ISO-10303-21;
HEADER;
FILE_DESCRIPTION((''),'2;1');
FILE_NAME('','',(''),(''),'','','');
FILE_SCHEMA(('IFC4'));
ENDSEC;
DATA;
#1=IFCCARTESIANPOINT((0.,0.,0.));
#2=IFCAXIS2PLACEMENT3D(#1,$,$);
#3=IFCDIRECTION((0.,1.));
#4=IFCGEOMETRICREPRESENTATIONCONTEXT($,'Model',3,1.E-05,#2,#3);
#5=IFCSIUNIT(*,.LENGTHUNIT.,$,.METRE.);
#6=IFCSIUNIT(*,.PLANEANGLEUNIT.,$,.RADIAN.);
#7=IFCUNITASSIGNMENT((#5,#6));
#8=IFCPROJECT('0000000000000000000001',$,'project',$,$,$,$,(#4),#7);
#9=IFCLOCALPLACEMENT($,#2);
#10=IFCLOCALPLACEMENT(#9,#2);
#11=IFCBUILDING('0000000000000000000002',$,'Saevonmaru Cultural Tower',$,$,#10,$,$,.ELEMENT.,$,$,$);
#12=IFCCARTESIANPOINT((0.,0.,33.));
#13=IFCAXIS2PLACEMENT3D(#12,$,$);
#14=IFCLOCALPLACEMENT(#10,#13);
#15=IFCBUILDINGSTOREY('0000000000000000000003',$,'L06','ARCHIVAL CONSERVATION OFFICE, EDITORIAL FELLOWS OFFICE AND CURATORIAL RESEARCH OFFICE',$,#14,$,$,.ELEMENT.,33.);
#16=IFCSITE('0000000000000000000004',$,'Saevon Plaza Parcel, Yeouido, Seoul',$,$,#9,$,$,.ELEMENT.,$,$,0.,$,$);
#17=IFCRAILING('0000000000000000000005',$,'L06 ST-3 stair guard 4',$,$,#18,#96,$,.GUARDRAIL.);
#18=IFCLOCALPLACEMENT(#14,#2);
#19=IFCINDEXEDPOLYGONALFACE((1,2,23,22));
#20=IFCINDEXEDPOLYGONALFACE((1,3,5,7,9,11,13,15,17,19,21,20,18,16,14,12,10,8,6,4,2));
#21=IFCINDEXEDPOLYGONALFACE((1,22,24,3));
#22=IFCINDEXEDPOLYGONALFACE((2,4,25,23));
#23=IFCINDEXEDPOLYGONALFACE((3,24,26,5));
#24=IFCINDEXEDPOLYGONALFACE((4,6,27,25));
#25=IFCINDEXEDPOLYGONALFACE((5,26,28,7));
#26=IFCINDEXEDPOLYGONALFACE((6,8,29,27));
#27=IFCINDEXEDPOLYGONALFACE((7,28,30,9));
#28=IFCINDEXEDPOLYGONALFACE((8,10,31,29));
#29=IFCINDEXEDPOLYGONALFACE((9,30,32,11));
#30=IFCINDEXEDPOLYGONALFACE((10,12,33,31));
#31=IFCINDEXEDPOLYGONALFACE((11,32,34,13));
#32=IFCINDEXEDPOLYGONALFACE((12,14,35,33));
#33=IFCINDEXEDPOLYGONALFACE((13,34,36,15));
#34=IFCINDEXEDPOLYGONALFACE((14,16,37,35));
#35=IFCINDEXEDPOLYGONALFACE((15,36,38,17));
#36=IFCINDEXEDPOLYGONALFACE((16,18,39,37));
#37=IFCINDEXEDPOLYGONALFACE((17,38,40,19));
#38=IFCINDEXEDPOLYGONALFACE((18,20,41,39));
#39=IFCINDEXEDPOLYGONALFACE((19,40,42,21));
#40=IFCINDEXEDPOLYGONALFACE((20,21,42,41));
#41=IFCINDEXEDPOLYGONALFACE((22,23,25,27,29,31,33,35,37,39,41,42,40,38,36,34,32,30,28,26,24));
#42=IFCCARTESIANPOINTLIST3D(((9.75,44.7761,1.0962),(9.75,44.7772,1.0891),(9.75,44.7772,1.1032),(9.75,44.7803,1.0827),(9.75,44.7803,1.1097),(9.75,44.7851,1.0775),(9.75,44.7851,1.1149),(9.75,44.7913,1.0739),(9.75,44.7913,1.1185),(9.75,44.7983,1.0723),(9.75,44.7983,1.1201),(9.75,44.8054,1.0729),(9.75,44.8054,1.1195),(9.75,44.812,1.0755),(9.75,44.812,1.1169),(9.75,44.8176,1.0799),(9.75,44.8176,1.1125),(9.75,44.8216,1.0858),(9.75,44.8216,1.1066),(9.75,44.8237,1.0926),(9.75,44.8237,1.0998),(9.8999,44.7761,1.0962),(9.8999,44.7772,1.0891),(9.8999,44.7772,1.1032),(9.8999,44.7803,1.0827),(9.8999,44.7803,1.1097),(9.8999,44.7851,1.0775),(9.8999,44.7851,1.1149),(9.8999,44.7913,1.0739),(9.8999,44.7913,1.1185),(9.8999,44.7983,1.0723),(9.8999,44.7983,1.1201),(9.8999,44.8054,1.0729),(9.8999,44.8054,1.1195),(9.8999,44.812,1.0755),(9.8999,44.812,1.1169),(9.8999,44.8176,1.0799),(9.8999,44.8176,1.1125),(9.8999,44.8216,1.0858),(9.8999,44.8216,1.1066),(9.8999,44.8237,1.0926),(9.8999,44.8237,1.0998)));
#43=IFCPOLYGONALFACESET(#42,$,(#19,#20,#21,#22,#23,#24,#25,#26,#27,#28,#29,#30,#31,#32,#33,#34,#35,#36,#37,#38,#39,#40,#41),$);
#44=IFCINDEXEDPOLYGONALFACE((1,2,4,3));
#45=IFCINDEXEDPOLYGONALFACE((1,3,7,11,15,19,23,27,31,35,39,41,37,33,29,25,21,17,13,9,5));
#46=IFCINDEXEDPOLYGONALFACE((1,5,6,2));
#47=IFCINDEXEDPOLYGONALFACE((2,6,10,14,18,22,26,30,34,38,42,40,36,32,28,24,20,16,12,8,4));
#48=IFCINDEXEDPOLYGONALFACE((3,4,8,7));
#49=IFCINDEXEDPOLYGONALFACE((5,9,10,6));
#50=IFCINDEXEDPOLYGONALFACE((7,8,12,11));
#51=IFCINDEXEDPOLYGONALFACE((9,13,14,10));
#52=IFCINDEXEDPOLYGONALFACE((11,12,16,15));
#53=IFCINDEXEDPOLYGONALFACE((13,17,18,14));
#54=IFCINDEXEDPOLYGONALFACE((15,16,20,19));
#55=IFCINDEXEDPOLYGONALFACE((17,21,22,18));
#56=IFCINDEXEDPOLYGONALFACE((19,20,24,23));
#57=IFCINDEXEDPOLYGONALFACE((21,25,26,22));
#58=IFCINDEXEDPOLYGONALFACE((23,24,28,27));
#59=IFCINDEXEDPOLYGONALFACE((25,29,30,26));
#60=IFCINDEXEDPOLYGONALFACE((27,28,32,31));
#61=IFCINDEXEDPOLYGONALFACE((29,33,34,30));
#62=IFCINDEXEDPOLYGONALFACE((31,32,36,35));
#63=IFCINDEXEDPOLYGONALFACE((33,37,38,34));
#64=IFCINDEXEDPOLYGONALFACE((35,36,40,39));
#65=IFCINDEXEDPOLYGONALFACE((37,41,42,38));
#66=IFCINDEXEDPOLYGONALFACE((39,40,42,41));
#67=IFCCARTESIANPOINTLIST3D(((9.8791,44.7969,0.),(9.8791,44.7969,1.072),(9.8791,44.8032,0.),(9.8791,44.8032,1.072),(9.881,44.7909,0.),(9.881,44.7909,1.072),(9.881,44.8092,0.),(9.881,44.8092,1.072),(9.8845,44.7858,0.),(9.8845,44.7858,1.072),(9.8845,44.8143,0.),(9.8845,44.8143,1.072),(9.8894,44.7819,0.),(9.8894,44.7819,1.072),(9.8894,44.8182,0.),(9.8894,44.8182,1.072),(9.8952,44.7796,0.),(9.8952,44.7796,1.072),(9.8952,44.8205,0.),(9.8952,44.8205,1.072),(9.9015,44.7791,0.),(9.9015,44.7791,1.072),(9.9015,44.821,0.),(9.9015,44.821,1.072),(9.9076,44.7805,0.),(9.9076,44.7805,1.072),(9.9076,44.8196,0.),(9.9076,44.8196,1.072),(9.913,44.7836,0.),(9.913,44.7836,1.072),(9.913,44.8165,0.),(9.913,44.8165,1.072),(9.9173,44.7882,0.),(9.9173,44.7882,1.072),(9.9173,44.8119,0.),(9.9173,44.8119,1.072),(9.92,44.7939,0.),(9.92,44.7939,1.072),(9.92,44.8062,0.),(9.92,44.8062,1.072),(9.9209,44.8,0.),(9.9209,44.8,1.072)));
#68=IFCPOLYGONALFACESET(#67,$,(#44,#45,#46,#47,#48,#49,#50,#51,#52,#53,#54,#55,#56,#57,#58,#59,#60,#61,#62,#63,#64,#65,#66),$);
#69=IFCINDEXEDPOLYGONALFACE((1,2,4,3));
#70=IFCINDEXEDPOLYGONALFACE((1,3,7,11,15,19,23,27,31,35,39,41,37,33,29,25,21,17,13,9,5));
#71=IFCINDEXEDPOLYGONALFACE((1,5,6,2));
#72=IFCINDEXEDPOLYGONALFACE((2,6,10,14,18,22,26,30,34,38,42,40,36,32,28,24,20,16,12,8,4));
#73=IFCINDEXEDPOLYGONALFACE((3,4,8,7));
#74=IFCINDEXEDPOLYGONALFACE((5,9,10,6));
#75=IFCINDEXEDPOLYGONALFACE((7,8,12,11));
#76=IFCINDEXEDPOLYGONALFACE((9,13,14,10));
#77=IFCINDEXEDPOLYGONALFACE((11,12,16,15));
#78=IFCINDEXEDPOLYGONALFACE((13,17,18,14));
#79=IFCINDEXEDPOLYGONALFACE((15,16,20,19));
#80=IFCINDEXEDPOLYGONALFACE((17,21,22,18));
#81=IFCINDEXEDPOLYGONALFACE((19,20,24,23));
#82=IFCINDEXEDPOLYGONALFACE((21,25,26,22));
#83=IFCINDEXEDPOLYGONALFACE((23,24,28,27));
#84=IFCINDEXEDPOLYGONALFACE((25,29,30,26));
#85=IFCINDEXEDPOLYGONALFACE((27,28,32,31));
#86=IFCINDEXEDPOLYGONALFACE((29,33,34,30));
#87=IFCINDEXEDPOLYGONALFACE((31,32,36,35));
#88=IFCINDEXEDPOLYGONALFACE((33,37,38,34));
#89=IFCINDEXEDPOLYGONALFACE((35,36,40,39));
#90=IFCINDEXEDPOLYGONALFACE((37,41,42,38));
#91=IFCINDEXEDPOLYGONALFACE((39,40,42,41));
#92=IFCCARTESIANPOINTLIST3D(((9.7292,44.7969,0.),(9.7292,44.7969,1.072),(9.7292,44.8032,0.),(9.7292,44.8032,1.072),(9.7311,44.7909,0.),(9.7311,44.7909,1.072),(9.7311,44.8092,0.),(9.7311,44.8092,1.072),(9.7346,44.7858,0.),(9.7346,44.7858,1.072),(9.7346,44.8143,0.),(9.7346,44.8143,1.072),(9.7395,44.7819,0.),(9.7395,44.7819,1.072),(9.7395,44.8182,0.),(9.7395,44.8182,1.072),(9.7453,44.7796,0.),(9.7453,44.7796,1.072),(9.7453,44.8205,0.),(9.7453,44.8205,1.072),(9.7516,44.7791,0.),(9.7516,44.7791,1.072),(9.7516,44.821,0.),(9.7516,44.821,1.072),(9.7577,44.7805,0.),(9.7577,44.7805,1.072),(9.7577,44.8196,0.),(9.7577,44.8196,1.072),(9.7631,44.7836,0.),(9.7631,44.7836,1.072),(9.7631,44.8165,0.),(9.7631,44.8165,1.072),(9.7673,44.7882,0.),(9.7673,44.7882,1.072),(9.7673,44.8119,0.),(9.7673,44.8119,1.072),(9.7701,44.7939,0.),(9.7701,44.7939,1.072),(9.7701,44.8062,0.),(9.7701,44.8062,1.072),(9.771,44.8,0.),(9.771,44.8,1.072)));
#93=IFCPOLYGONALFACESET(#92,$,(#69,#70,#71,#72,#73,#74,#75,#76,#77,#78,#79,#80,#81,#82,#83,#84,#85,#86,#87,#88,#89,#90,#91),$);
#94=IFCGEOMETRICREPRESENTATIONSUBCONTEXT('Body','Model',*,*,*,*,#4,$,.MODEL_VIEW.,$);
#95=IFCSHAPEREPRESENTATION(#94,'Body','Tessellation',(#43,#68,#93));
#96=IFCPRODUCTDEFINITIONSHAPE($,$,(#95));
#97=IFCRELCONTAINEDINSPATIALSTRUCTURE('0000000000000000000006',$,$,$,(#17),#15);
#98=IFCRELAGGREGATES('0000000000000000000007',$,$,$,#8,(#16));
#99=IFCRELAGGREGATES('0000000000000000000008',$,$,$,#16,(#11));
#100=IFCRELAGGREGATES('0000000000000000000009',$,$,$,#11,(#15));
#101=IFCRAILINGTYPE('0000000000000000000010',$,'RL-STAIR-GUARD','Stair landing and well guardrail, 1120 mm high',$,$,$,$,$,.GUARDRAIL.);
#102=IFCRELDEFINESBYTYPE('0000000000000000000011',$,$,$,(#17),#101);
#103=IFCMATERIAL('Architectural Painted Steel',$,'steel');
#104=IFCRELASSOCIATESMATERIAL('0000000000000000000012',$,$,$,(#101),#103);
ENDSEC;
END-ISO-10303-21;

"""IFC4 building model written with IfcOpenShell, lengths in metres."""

from ifc_helpers import new_model, si_unit, direction, frame, origin, origin_2d, place, context, subcontext, project, spatial, circle, extrude, material, type_object, element, save


model = new_model("IFC4")

# Units and contexts
model_context = context("Model", 3, precision=1e-05, world=origin(), true_north=direction((0.0, 1.0)))
body_context = subcontext(model_context, "Body", "Model", "MODEL_VIEW")
ifc_project = project(units=[si_unit("LENGTHUNIT", "METRE"), si_unit("PLANEANGLEUNIT", "RADIAN")], contexts=[model_context])

# Site, building, storey
site_placement = place(None, origin())
site = spatial("IfcSite", under=ifc_project, at=site_placement, Name="Saevon Plaza Parcel, Yeouido, Seoul", CompositionType="ELEMENT", RefElevation=0.0)
building_placement = place(site_placement, origin())
building = spatial("IfcBuilding", under=site, at=building_placement, Name="Saevonmaru Cultural Tower", CompositionType="ELEMENT")
storey_placement = place(building_placement, frame((0.0, 0.0, 33.0)))
storey = spatial("IfcBuildingStorey", under=building, at=storey_placement, Name="L06", Description="ARCHIVAL CONSERVATION OFFICE, EDITORIAL FELLOWS OFFICE AND CURATORIAL RESEARCH OFFICE", CompositionType="ELEMENT", Elevation=33.0)

# Railing
ifc_material_1 = material(Name="Architectural Painted Steel", Category="steel")
railing_type = type_object("IfcRailingType", Name="RL-STAIR-GUARD", Description="Stair landing and well guardrail, 1120 mm high", PredefinedType="GUARDRAIL", material=ifc_material_1)
railing_1_placement = place(storey_placement, frame((9.8999, 44.8, 0.0)))
element("IfcRailing", 1, at=railing_1_placement, inside=storey, type_object=railing_type, Name="L06 ST-3 stair guard 4", PredefinedType="GUARDRAIL", context=body_context, shape_type="SweptSolid", body=[
    extrude(circle(Radius=0.0239, at=origin_2d()), frame((0.0, 0.0, 1.0962), z_axis=(-1.0, 0.0, 0.0), x_axis=(0.0, -1.0, 0.0)), (0.0, 0.0, 1.0), 0.1499),
    extrude(circle(Radius=0.021, at=origin_2d()), origin(), (0.0, 0.0, 1.0), 1.072),
    extrude(circle(Radius=0.021, at=origin_2d()), frame((-0.1499, 0.0, 0.0)), (0.0, 0.0, 1.0), 1.072),
])

save(model, "model.ifc")
